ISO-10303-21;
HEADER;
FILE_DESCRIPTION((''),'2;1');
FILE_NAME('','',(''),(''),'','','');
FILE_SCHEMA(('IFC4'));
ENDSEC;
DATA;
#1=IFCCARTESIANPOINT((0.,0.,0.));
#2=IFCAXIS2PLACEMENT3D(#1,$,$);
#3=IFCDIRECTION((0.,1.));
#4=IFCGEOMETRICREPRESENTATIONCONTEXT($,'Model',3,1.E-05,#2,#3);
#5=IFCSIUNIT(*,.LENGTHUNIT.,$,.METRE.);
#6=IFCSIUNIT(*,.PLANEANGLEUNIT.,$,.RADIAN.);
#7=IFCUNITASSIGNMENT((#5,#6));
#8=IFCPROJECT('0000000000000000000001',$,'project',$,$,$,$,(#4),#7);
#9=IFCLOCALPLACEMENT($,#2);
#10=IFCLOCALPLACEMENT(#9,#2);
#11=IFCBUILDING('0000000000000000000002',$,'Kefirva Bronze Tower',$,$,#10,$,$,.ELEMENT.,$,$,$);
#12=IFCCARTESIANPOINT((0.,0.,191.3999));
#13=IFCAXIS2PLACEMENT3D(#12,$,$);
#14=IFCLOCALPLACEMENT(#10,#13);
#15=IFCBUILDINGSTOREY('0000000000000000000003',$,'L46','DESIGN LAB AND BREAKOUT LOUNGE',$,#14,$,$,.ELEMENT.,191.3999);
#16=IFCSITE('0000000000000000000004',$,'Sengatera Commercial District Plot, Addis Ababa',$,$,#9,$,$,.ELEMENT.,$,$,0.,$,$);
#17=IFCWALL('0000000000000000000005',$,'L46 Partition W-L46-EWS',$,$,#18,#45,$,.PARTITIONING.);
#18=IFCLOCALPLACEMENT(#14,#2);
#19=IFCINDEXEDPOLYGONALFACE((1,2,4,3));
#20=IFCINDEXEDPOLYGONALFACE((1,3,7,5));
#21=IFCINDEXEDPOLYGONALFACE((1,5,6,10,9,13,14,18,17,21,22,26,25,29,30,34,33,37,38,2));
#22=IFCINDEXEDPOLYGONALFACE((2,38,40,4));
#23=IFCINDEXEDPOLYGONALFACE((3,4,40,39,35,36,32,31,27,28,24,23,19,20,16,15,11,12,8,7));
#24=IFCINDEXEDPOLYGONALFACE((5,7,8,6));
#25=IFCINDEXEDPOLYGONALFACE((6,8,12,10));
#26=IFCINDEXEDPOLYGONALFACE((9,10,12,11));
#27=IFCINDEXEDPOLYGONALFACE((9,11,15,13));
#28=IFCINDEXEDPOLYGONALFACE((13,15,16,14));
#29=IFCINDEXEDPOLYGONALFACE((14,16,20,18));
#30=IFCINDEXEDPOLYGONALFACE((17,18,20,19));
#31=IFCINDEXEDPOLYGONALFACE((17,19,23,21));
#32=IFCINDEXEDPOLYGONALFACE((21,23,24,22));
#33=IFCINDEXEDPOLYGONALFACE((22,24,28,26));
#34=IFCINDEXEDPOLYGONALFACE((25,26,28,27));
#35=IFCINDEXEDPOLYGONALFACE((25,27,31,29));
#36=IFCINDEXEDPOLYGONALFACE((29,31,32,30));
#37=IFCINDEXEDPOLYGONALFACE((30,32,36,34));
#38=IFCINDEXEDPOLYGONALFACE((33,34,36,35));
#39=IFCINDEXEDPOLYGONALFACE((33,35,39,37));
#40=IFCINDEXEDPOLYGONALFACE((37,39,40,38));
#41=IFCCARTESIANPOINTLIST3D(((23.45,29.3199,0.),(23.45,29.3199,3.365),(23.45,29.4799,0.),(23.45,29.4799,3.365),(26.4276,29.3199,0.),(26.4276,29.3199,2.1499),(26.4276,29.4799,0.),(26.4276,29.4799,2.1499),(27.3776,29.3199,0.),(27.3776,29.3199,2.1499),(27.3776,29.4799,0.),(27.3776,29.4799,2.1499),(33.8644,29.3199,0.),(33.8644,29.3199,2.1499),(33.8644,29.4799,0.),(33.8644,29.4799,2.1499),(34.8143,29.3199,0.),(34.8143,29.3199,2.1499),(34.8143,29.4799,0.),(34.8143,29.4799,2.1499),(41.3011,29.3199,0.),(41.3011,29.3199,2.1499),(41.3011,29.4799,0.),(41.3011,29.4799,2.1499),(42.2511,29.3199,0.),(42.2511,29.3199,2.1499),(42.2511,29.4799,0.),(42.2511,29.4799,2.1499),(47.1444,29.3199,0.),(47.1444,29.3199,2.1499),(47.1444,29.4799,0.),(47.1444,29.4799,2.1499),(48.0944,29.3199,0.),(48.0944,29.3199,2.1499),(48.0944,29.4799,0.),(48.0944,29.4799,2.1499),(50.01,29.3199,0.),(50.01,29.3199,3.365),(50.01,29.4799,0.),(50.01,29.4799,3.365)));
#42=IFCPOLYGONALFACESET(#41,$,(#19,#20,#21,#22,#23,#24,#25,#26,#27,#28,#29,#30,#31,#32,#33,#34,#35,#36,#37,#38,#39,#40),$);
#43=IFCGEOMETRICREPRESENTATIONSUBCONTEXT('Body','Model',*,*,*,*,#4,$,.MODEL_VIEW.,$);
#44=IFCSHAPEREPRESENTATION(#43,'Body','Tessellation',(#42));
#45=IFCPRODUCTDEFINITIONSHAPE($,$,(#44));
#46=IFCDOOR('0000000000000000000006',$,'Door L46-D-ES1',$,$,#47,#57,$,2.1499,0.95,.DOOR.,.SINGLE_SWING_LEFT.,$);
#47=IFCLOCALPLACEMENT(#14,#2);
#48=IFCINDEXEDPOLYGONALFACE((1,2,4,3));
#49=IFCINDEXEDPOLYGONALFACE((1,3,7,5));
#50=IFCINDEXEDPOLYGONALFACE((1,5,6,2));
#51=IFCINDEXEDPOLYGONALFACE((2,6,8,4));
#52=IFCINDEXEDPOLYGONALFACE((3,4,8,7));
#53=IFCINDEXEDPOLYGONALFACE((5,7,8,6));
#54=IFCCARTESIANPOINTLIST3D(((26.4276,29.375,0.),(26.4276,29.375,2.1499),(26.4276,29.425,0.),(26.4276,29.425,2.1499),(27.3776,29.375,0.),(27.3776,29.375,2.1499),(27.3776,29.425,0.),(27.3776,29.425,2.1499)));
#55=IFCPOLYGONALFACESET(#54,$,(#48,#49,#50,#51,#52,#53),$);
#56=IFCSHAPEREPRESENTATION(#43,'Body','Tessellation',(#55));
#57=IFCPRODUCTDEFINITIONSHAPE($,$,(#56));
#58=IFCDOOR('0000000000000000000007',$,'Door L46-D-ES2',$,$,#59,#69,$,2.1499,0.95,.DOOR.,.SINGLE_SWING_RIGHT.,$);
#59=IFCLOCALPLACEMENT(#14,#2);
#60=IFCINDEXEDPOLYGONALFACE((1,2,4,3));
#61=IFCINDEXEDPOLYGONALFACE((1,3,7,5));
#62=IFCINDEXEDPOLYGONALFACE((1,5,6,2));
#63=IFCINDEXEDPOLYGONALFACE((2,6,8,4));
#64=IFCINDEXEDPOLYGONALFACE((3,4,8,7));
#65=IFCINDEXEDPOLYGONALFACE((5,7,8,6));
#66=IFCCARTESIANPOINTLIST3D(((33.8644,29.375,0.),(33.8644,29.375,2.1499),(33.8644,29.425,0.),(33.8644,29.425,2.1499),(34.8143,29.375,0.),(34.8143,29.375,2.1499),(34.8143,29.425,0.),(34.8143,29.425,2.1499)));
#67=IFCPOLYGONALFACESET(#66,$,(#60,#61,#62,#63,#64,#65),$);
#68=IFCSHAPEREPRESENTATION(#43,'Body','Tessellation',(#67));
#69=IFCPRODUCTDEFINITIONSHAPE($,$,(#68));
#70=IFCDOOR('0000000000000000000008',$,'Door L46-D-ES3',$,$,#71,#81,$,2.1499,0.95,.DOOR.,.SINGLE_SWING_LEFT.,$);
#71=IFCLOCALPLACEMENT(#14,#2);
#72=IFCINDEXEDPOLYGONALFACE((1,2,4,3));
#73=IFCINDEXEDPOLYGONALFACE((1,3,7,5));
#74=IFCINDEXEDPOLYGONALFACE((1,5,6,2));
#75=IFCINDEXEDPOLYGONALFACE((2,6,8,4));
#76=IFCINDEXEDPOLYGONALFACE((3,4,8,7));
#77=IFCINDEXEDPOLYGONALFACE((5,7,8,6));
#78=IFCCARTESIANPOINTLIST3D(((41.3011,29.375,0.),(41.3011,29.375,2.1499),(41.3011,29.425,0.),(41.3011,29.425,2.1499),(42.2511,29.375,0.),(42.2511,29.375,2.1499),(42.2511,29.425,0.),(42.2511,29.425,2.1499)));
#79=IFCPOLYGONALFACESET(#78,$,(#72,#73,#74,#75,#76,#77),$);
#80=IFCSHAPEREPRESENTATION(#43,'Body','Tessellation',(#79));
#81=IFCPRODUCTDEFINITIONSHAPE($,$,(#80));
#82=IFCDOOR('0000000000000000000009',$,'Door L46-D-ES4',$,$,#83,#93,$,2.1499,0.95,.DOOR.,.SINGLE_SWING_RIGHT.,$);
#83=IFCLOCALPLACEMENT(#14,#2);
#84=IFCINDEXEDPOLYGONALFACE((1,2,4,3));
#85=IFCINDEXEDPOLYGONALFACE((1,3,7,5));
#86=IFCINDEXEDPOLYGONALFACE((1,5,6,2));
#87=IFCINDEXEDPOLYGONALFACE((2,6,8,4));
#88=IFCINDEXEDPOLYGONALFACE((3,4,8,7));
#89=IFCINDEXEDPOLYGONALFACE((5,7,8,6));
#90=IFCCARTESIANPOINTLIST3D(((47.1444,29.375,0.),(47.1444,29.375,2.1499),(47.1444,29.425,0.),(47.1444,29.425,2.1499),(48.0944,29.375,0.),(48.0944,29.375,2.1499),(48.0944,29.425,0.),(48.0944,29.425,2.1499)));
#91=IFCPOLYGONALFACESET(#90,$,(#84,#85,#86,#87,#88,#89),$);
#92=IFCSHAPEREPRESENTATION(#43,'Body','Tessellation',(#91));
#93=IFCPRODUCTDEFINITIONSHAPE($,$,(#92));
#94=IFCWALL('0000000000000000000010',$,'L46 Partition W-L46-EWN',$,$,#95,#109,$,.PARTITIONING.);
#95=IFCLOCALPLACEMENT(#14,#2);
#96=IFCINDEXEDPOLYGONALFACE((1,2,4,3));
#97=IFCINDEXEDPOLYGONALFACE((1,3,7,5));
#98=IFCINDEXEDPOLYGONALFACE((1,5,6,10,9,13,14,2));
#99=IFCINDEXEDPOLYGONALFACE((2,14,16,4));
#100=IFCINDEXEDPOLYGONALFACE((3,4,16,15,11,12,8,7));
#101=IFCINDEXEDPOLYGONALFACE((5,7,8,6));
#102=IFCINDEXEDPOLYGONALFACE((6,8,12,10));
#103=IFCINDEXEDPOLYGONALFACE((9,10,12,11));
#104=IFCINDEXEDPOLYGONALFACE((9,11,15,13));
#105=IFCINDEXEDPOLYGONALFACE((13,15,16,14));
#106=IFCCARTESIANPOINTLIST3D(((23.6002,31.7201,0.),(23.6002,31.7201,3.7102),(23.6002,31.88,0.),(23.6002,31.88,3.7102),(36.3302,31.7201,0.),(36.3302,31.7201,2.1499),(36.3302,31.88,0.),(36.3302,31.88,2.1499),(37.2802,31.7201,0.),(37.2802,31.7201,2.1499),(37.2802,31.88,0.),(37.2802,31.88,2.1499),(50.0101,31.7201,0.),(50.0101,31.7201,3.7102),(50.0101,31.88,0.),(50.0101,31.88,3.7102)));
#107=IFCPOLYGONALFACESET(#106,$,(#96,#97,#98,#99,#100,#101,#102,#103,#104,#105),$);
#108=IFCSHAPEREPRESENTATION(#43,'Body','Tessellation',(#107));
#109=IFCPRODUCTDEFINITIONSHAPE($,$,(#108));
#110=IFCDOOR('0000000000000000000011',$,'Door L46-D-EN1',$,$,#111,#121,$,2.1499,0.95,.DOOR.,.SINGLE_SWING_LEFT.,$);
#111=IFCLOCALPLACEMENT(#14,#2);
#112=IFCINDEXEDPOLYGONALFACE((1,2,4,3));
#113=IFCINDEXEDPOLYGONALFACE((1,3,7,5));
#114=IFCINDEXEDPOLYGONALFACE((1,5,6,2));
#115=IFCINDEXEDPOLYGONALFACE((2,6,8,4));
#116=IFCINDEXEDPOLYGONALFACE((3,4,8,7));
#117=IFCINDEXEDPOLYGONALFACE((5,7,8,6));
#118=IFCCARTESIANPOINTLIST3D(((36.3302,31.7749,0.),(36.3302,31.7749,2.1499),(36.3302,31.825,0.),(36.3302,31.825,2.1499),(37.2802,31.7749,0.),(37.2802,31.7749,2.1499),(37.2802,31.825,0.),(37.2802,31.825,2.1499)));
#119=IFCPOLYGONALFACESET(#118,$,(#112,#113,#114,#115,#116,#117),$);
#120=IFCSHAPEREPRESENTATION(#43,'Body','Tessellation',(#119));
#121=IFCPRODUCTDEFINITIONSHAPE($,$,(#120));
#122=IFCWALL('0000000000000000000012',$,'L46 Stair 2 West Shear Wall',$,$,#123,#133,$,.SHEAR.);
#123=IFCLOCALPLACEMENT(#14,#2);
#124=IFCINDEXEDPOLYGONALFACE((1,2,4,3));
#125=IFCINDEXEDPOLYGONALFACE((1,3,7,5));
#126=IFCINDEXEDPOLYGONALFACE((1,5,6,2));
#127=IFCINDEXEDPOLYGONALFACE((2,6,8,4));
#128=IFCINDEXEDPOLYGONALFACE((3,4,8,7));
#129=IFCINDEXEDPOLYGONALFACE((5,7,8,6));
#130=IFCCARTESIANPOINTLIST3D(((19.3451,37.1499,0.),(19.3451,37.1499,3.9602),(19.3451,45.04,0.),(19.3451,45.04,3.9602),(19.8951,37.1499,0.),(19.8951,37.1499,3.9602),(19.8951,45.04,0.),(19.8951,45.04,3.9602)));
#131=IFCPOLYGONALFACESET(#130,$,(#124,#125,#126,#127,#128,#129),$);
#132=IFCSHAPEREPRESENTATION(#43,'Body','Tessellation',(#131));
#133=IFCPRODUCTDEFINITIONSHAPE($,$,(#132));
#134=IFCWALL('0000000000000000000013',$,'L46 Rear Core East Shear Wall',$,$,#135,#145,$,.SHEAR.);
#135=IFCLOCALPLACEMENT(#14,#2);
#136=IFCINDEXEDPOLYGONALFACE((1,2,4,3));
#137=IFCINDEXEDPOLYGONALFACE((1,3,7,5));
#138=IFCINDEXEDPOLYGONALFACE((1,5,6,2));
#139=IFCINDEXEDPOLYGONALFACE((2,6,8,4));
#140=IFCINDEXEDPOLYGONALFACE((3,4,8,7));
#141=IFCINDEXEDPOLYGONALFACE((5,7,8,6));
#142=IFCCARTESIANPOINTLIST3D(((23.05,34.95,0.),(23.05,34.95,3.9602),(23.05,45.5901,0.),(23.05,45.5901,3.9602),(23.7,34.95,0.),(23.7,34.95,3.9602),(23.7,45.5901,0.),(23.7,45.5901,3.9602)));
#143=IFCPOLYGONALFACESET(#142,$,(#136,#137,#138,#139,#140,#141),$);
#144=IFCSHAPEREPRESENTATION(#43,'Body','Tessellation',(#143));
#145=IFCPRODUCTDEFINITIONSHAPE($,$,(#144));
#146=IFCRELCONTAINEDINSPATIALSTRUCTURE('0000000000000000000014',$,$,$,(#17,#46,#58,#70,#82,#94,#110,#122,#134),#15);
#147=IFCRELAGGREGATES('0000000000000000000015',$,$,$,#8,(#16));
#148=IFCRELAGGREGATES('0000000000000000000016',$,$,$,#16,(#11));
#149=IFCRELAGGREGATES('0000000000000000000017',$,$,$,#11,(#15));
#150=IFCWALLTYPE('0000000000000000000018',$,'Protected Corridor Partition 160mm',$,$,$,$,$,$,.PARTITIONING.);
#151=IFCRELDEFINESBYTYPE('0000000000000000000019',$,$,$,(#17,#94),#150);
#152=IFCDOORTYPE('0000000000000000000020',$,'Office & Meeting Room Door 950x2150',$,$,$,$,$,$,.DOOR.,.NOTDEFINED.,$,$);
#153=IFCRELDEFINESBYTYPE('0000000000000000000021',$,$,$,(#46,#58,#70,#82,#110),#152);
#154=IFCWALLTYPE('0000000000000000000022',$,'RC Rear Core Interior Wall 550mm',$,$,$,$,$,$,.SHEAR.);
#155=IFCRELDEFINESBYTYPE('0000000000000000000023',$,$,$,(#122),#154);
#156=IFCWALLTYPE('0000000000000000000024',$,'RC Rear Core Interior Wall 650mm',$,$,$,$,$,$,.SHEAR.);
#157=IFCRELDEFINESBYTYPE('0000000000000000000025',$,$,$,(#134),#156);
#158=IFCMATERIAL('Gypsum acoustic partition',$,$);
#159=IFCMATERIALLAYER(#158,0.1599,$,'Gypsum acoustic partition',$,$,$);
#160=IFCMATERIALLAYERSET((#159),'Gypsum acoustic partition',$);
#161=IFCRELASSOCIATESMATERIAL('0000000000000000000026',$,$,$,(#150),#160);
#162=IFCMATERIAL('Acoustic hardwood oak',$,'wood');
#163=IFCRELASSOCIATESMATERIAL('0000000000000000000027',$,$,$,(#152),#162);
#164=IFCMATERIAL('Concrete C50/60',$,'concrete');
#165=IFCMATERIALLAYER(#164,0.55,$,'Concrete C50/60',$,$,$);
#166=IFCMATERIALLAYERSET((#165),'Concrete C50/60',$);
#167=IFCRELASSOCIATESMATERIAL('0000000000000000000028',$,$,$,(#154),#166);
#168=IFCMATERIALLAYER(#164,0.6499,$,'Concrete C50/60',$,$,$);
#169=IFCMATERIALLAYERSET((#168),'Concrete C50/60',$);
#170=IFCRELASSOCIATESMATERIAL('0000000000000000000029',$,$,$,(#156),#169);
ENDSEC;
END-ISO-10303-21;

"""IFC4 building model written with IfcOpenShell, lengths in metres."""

from ifc_helpers import new_model, si_unit, direction, frame, frame_2d, origin, place, context, subcontext, project, spatial, rectangle, extrude, material, layer, layer_set, type_object, element, fill, save


model = new_model("IFC4")

# Units and contexts
model_context = context("Model", 3, precision=1e-05, world=origin(), true_north=direction((0.0, 1.0)))
body_context = subcontext(model_context, "Body", "Model", "MODEL_VIEW")
ifc_project = project(units=[si_unit("LENGTHUNIT", "METRE"), si_unit("PLANEANGLEUNIT", "RADIAN")], contexts=[model_context])

# Site, building, storey
site_placement = place(None, origin())
site = spatial("IfcSite", under=ifc_project, at=site_placement, Name="Sengatera Commercial District Plot, Addis Ababa", CompositionType="ELEMENT", RefElevation=0.0)
building_placement = place(site_placement, origin())
building = spatial("IfcBuilding", under=site, at=building_placement, Name="Kefirva Bronze Tower", CompositionType="ELEMENT")
storey_placement = place(building_placement, frame((0.0, 0.0, 191.3999)))
storey = spatial("IfcBuildingStorey", under=building, at=storey_placement, Name="L46", Description="DESIGN LAB AND BREAKOUT LOUNGE", CompositionType="ELEMENT", Elevation=191.3999)

# Shared definitions
ifc_material_1 = material(Name="Concrete C50/60", Category="concrete")

# Wall, openings, doors
ifc_material_2 = material(Name="Gypsum acoustic partition")
ifc_layer_1 = layer(ifc_material_2, 0.1599, Name="Gypsum acoustic partition")
ifc_layer_set_1 = layer_set([ifc_layer_1], Name="Gypsum acoustic partition")
wall_type_1 = type_object("IfcWallType", Name="Protected Corridor Partition 160mm", PredefinedType="PARTITIONING", material=ifc_layer_set_1)
wall_1_placement = place(storey_placement, frame((23.45, 29.3999, 0.0), z_axis=(0.0, 0.0, 1.0), x_axis=(1.0, 0.0, 0.0)))
wall_1 = element("IfcWall", 1, at=wall_1_placement, inside=storey, type_object=wall_type_1, Name="L46 Partition W-L46-EWS", PredefinedType="PARTITIONING", context=body_context, shape_type="SweptSolid", body=[
    extrude(rectangle(XDim=26.5601, YDim=0.1599, at=frame_2d((13.28, 0.0))), origin(), (0.0, 0.0, 1.0), 3.365),
])
opening_1_placement = place(wall_1_placement, frame((3.9277, 0.0, 0.0), z_axis=(0.0, 0.0, 1.0), x_axis=(-1.0, 0.0, 0.0)))
opening_1 = element("IfcOpeningElement", 2, at=opening_1_placement, cuts=wall_1, PredefinedType="OPENING", context=body_context, shape_type="SweptSolid", body=[
    extrude(rectangle(XDim=0.95, YDim=2.1499, at=frame_2d((0.4751, 1.075))), frame((0.0, 0.0898, 0.0), z_axis=(0.0, -1.0, 0.0), x_axis=(1.0, 0.0, 0.0)), (0.0, 0.0, 1.0), 0.1799),
])
opening_2_placement = place(wall_1_placement, frame((11.3645, 0.0, 0.0), z_axis=(0.0, 0.0, 1.0), x_axis=(-1.0, 0.0, 0.0)))
opening_2 = element("IfcOpeningElement", 3, at=opening_2_placement, cuts=wall_1, PredefinedType="OPENING", context=body_context, shape_type="SweptSolid", body=[
    extrude(rectangle(XDim=0.95, YDim=2.1499, at=frame_2d((0.4751, 1.075))), frame((0.0, 0.0898, 0.0), z_axis=(0.0, -1.0, 0.0), x_axis=(1.0, 0.0, 0.0)), (0.0, 0.0, 1.0), 0.1799),
])
opening_3_placement = place(wall_1_placement, frame((18.8013, 0.0, 0.0), z_axis=(0.0, 0.0, 1.0), x_axis=(-1.0, 0.0, 0.0)))
opening_3 = element("IfcOpeningElement", 4, at=opening_3_placement, cuts=wall_1, PredefinedType="OPENING", context=body_context, shape_type="SweptSolid", body=[
    extrude(rectangle(XDim=0.95, YDim=2.1499, at=frame_2d((0.4751, 1.075))), frame((0.0, 0.0898, 0.0), z_axis=(0.0, -1.0, 0.0), x_axis=(1.0, 0.0, 0.0)), (0.0, 0.0, 1.0), 0.1799),
])
opening_4_placement = place(wall_1_placement, frame((24.6445, 0.0, 0.0), z_axis=(0.0, 0.0, 1.0), x_axis=(-1.0, 0.0, 0.0)))
opening_4 = element("IfcOpeningElement", 5, at=opening_4_placement, cuts=wall_1, PredefinedType="OPENING", context=body_context, shape_type="SweptSolid", body=[
    extrude(rectangle(XDim=0.95, YDim=2.1499, at=frame_2d((0.4751, 1.075))), frame((0.0, 0.0898, 0.0), z_axis=(0.0, -1.0, 0.0), x_axis=(1.0, 0.0, 0.0)), (0.0, 0.0, 1.0), 0.1799),
])
ifc_material_3 = material(Name="Acoustic hardwood oak", Category="wood")
door_type_1 = type_object("IfcDoorType", Name="Office & Meeting Room Door 950x2150", OperationType="NOTDEFINED", PredefinedType="DOOR", material=ifc_material_3)
door_1_placement = place(opening_1_placement, origin())
door_1 = element("IfcDoor", 6, at=door_1_placement, inside=storey, type_object=door_type_1, Name="Door L46-D-ES1", OperationType="SINGLE_SWING_LEFT", OverallHeight=2.1499, OverallWidth=0.95, PredefinedType="DOOR", context=body_context, shape_type="SweptSolid", body=[
    extrude(rectangle(XDim=0.95, YDim=2.1499, at=frame_2d((0.4751, 1.075))), frame((0.0, 0.0249, 0.0), z_axis=(0.0, -1.0, 0.0), x_axis=(1.0, 0.0, 0.0)), (0.0, 0.0, 1.0), 0.05),
])
fill(opening_1, door_1)
door_2_placement = place(opening_2_placement, origin())
door_2 = element("IfcDoor", 7, at=door_2_placement, inside=storey, type_object=door_type_1, Name="Door L46-D-ES2", OperationType="SINGLE_SWING_RIGHT", OverallHeight=2.1499, OverallWidth=0.95, PredefinedType="DOOR", context=body_context, shape_type="SweptSolid", body=[
    extrude(rectangle(XDim=0.95, YDim=2.1499, at=frame_2d((0.4751, 1.075))), frame((0.0, 0.0249, 0.0), z_axis=(0.0, -1.0, 0.0), x_axis=(1.0, 0.0, 0.0)), (0.0, 0.0, 1.0), 0.05),
])
fill(opening_2, door_2)
door_3_placement = place(opening_3_placement, origin())
door_3 = element("IfcDoor", 8, at=door_3_placement, inside=storey, type_object=door_type_1, Name="Door L46-D-ES3", OperationType="SINGLE_SWING_LEFT", OverallHeight=2.1499, OverallWidth=0.95, PredefinedType="DOOR", context=body_context, shape_type="SweptSolid", body=[
    extrude(rectangle(XDim=0.95, YDim=2.1499, at=frame_2d((0.4751, 1.075))), frame((0.0, 0.0249, 0.0), z_axis=(0.0, -1.0, 0.0), x_axis=(1.0, 0.0, 0.0)), (0.0, 0.0, 1.0), 0.05),
])
fill(opening_3, door_3)
door_4_placement = place(opening_4_placement, origin())
door_4 = element("IfcDoor", 9, at=door_4_placement, inside=storey, type_object=door_type_1, Name="Door L46-D-ES4", OperationType="SINGLE_SWING_RIGHT", OverallHeight=2.1499, OverallWidth=0.95, PredefinedType="DOOR", context=body_context, shape_type="SweptSolid", body=[
    extrude(rectangle(XDim=0.95, YDim=2.1499, at=frame_2d((0.4751, 1.075))), frame((0.0, 0.0249, 0.0), z_axis=(0.0, -1.0, 0.0), x_axis=(1.0, 0.0, 0.0)), (0.0, 0.0, 1.0), 0.05),
])
fill(opening_4, door_4)

# Wall, opening, door
wall_2_placement = place(storey_placement, frame((23.6001, 31.8, 0.0), z_axis=(0.0, 0.0, 1.0), x_axis=(1.0, 0.0, 0.0)))
wall_2 = element("IfcWall", 10, at=wall_2_placement, inside=storey, type_object=wall_type_1, Name="L46 Partition W-L46-EWN", PredefinedType="PARTITIONING", context=body_context, shape_type="SweptSolid", body=[
    extrude(rectangle(XDim=26.4099, YDim=0.1599, at=frame_2d((13.2051, 0.0))), origin(), (0.0, 0.0, 1.0), 3.7102),
])
opening_5_placement = place(wall_2_placement, frame((12.73, 0.0, 0.0)))
opening_5 = element("IfcOpeningElement", 11, at=opening_5_placement, cuts=wall_2, PredefinedType="OPENING", context=body_context, shape_type="SweptSolid", body=[
    extrude(rectangle(XDim=0.95, YDim=2.1499, at=frame_2d((0.4751, 1.075))), frame((0.0, 0.0898, 0.0), z_axis=(0.0, -1.0, 0.0), x_axis=(1.0, 0.0, 0.0)), (0.0, 0.0, 1.0), 0.1799),
])
door_5_placement = place(opening_5_placement, origin())
door_5 = element("IfcDoor", 12, at=door_5_placement, inside=storey, type_object=door_type_1, Name="Door L46-D-EN1", OperationType="SINGLE_SWING_LEFT", OverallHeight=2.1499, OverallWidth=0.95, PredefinedType="DOOR", context=body_context, shape_type="SweptSolid", body=[
    extrude(rectangle(XDim=0.95, YDim=2.1499, at=frame_2d((0.4751, 1.075))), frame((0.0, 0.0249, 0.0), z_axis=(0.0, -1.0, 0.0), x_axis=(1.0, 0.0, 0.0)), (0.0, 0.0, 1.0), 0.05),
])
fill(opening_5, door_5)

# Walls
ifc_layer_2 = layer(ifc_material_1, 0.55, Name="Concrete C50/60")
ifc_layer_set_2 = layer_set([ifc_layer_2], Name="Concrete C50/60")
wall_type_2 = type_object("IfcWallType", Name="RC Rear Core Interior Wall 550mm", PredefinedType="SHEAR", material=ifc_layer_set_2)
wall_3_placement = place(storey_placement, frame((19.6201, 37.1499, 0.0), z_axis=(0.0, 0.0, 1.0), x_axis=(0.0, 1.0, 0.0)))
element("IfcWall", 13, at=wall_3_placement, inside=storey, type_object=wall_type_2, Name="L46 Stair 2 West Shear Wall", PredefinedType="SHEAR", context=body_context, shape_type="SweptSolid", body=[
    extrude(rectangle(XDim=7.8901, YDim=0.55, at=frame_2d((3.9451, 0.0))), origin(), (0.0, 0.0, 1.0), 3.9602),
])
ifc_layer_3 = layer(ifc_material_1, 0.6499, Name="Concrete C50/60")
ifc_layer_set_3 = layer_set([ifc_layer_3], Name="Concrete C50/60")
wall_type_3 = type_object("IfcWallType", Name="RC Rear Core Interior Wall 650mm", PredefinedType="SHEAR", material=ifc_layer_set_3)
wall_4_placement = place(storey_placement, frame((23.375, 34.95, 0.0), z_axis=(0.0, 0.0, 1.0), x_axis=(0.0, 1.0, 0.0)))
element("IfcWall", 14, at=wall_4_placement, inside=storey, type_object=wall_type_3, Name="L46 Rear Core East Shear Wall", PredefinedType="SHEAR", context=body_context, shape_type="SweptSolid", body=[
    extrude(rectangle(XDim=10.6401, YDim=0.6499, at=frame_2d((5.3201, 0.0))), origin(), (0.0, 0.0, 1.0), 3.9602),
])

save(model, "model.ifc")
